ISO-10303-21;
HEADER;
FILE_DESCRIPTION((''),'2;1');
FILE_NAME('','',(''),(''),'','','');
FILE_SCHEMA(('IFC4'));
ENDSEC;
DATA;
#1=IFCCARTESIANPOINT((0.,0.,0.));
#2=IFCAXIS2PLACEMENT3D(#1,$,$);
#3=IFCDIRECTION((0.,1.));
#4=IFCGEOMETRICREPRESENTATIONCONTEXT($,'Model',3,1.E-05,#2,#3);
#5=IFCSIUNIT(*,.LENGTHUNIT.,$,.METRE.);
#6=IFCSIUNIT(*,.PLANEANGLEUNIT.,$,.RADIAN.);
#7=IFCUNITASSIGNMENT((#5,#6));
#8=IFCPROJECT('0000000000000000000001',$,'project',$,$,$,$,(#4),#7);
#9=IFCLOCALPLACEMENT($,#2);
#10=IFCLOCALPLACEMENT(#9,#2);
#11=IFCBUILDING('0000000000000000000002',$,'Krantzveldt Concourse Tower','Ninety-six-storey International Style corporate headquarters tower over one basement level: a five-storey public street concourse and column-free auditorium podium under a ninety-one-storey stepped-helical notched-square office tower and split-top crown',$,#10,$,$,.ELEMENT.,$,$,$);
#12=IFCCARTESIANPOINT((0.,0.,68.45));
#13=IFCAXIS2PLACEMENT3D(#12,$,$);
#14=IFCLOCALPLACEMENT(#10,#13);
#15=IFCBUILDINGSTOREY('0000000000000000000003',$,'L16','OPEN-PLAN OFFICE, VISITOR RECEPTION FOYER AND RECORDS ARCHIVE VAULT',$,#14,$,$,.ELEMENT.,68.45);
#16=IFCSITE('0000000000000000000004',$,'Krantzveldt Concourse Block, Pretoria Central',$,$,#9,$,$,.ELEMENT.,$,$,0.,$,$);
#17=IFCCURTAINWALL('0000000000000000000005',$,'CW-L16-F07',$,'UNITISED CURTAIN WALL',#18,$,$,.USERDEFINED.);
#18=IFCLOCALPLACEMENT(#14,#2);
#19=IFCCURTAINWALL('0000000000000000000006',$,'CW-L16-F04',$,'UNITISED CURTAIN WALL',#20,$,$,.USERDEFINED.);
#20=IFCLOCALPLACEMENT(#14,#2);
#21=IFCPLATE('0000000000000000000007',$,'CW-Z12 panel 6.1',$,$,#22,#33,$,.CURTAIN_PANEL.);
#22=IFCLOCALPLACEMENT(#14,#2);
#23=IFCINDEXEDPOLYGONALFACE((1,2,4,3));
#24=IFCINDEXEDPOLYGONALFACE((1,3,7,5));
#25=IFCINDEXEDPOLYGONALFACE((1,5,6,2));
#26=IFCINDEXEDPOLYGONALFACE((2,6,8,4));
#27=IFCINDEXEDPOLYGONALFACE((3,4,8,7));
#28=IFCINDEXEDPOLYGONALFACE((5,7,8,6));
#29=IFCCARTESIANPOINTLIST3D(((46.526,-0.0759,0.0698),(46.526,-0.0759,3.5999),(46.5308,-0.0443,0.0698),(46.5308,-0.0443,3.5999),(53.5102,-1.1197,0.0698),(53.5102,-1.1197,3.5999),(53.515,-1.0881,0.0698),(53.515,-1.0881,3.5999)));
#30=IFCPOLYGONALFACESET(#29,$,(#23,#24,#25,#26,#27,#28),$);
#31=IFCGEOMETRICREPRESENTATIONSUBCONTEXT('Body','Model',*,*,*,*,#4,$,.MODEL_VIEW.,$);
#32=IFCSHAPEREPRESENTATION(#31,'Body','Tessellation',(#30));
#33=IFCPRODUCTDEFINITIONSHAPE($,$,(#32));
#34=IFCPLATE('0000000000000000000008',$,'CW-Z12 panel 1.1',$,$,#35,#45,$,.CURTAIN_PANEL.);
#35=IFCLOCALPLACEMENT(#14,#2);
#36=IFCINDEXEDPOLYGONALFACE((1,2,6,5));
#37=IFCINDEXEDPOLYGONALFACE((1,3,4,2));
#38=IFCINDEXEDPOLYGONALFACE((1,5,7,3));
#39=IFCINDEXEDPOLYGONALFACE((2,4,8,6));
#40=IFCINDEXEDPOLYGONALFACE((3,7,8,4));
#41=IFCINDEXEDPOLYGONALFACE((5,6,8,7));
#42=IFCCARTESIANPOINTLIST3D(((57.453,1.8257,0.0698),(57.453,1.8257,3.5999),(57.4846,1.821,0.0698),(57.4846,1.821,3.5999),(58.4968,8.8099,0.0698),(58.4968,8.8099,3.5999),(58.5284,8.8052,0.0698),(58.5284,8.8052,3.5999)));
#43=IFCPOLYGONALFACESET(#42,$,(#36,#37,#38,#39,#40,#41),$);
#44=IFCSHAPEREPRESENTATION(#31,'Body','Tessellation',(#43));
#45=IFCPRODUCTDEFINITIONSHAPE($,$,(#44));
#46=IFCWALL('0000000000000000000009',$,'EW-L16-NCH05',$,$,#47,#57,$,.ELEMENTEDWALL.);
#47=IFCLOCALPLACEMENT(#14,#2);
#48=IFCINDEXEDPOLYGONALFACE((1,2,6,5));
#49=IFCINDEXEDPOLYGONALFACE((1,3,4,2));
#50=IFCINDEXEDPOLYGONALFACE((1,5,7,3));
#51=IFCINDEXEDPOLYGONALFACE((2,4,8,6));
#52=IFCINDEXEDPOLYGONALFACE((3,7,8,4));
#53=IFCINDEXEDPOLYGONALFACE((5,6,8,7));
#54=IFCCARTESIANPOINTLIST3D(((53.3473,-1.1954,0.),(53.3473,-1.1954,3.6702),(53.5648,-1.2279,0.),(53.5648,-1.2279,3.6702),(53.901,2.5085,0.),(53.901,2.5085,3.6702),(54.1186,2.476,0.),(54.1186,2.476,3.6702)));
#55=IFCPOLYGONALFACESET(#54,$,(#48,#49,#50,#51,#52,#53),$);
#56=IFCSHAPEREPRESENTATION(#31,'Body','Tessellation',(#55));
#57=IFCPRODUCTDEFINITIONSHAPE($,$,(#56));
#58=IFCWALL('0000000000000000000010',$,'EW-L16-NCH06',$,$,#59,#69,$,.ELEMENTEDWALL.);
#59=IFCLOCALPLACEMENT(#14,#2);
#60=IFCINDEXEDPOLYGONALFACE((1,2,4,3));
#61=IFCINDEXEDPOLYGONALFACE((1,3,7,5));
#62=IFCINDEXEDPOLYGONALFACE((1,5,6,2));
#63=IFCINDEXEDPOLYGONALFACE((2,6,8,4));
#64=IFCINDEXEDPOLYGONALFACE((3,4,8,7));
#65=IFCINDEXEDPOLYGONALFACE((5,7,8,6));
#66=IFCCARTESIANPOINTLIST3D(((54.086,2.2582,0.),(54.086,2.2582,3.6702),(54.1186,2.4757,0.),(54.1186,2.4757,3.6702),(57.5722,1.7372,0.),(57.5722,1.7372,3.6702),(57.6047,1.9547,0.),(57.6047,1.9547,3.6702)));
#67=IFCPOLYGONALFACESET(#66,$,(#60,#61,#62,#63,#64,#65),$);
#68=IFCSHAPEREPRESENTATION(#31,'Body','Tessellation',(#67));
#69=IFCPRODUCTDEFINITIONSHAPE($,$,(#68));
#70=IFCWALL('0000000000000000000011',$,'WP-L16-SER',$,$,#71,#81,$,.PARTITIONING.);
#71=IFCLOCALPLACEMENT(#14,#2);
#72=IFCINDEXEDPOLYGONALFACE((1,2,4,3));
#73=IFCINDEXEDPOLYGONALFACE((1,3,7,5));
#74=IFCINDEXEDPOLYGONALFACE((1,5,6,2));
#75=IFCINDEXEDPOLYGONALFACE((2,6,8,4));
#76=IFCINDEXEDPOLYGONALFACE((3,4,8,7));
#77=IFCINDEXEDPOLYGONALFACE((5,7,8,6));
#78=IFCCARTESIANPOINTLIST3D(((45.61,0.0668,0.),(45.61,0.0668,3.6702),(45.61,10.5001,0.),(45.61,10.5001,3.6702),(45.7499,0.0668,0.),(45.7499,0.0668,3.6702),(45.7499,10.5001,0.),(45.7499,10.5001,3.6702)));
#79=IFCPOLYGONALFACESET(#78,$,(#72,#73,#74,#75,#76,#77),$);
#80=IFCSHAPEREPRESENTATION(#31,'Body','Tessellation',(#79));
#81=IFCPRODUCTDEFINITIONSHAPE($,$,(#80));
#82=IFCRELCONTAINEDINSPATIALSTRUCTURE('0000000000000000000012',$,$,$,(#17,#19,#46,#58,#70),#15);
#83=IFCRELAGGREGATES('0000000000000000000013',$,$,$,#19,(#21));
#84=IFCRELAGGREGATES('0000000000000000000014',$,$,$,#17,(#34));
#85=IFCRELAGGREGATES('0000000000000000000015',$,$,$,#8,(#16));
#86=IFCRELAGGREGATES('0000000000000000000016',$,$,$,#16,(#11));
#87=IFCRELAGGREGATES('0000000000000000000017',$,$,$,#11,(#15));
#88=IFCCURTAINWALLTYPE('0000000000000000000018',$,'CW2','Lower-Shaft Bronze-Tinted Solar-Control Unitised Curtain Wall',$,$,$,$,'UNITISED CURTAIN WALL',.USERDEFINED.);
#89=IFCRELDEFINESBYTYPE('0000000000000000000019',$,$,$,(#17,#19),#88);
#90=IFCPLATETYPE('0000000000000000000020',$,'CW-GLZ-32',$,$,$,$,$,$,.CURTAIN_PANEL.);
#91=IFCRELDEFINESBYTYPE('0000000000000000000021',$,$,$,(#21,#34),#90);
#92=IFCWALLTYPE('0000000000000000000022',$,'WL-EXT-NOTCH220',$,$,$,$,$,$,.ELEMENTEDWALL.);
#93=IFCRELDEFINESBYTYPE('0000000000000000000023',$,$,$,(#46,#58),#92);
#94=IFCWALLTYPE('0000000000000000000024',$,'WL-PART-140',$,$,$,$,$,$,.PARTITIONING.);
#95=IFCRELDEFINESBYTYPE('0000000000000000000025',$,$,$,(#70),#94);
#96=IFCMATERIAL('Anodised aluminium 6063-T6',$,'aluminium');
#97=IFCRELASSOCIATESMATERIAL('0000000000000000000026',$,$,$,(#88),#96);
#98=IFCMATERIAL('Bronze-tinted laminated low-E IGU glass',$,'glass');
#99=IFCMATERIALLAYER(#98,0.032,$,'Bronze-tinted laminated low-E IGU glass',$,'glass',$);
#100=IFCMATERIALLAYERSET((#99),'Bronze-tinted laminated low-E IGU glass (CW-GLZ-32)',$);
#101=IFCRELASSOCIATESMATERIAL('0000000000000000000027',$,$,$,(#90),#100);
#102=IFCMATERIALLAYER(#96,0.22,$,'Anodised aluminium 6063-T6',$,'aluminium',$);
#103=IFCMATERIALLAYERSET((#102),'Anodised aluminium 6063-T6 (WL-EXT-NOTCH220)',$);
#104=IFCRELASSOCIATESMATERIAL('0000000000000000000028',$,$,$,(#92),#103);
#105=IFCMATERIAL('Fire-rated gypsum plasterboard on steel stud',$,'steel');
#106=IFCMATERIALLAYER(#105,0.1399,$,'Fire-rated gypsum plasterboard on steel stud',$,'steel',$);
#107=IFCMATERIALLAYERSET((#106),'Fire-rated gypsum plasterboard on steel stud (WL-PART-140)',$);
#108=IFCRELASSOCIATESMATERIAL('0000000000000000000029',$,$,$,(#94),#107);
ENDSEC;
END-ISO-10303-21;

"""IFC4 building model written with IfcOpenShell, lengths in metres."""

from ifc_helpers import new_model, si_unit, direction, frame, frame_2d, origin, origin_2d, place, context, subcontext, project, spatial, rectangle, extrude, source, transform, mapped, material, layer, layer_set, type_object, type_shapes, element, aggregate, save


model = new_model("IFC4")

# Units and contexts
model_context = context("Model", 3, precision=1e-05, world=origin(), true_north=direction((0.0, 1.0)))
body_context = subcontext(model_context, "Body", "Model", "MODEL_VIEW")
ifc_project = project(units=[si_unit("LENGTHUNIT", "METRE"), si_unit("PLANEANGLEUNIT", "RADIAN")], contexts=[model_context])

# Site, building, storey
site_placement = place(None, origin())
site = spatial("IfcSite", under=ifc_project, at=site_placement, Name="Krantzveldt Concourse Block, Pretoria Central", CompositionType="ELEMENT", RefElevation=0.0)
building_placement = place(site_placement, origin())
building = spatial("IfcBuilding", under=site, at=building_placement, Name="Krantzveldt Concourse Tower", Description="Ninety-six-storey International Style corporate headquarters tower over one basement level: a five-storey public street concourse and column-free auditorium podium under a ninety-one-storey stepped-helical notched-square office tower and split-top crown", CompositionType="ELEMENT")
storey_placement = place(building_placement, frame((0.0, 0.0, 68.45)))
storey = spatial("IfcBuildingStorey", under=building, at=storey_placement, Name="L16", Description="OPEN-PLAN OFFICE, VISITOR RECEPTION FOYER AND RECORDS ARCHIVE VAULT", CompositionType="ELEMENT", Elevation=68.45)

# Curtain walls
ifc_material_1 = material(Name="Anodised aluminium 6063-T6", Category="aluminium")
curtain_wall_type = type_object("IfcCurtainWallType", Name="CW2", Description="Lower-Shaft Bronze-Tinted Solar-Control Unitised Curtain Wall", ElementType="UNITISED CURTAIN WALL", PredefinedType="USERDEFINED", material=ifc_material_1)
curtain_wall_1_placement = place(storey_placement, origin())
curtain_wall_1 = element("IfcCurtainWall", 1, at=curtain_wall_1_placement, inside=storey, type_object=curtain_wall_type, Name="CW-L16-F07", ObjectType="UNITISED CURTAIN WALL", PredefinedType="USERDEFINED")
curtain_wall_2_placement = place(storey_placement, origin())
curtain_wall_2 = element("IfcCurtainWall", 2, at=curtain_wall_2_placement, inside=storey, type_object=curtain_wall_type, Name="CW-L16-F04", ObjectType="UNITISED CURTAIN WALL", PredefinedType="USERDEFINED")

# Plates
ifc_material_2 = material(Name="Bronze-tinted laminated low-E IGU glass", Category="glass")
ifc_layer_1 = layer(ifc_material_2, 0.032, Name="Bronze-tinted laminated low-E IGU glass", Category="glass")
ifc_layer_set_1 = layer_set([ifc_layer_1], Name="Bronze-tinted laminated low-E IGU glass (CW-GLZ-32)")
plate_type = type_object("IfcPlateType", Name="CW-GLZ-32", PredefinedType="CURTAIN_PANEL", material=ifc_layer_set_1)
shared_shape_1 = source(origin(), body_context, "Body", "SweptSolid", [
    extrude(rectangle(XDim=7.0618, YDim=0.032, at=origin_2d()), origin(), (0.0, 0.0, 1.0), 3.53),
])
type_shapes(plate_type, [shared_shape_1])
plate_1_placement = place(storey_placement, frame((50.0205, -0.582, 0.0698), z_axis=(0.0, 0.0, 1.0), x_axis=(0.989016, -0.14781, 0.0)))
plate_1 = element("IfcPlate", 3, at=plate_1_placement, type_object=plate_type, Name="CW-Z12 panel 6.1", PredefinedType="CURTAIN_PANEL", context=body_context, shape_type="MappedRepresentation", body=[
    mapped(shared_shape_1, transform((0.0, 0.0, 0.0), x_axis=(1.0, 0.0, 0.0), y_axis=(0.0, 1.0, 0.0), z_axis=(0.0, 0.0, 1.0), scale=1.0)),
])
aggregate(curtain_wall_2, [plate_1])
plate_2_placement = place(storey_placement, frame((57.9907, 5.3154, 0.0698), z_axis=(0.0, 0.0, 1.0), x_axis=(0.14781, 0.989016, 0.0)))
plate_2 = element("IfcPlate", 4, at=plate_2_placement, type_object=plate_type, Name="CW-Z12 panel 1.1", PredefinedType="CURTAIN_PANEL", context=body_context, shape_type="MappedRepresentation", body=[
    mapped(shared_shape_1, transform((0.0, 0.0, 0.0), x_axis=(1.0, 0.0, 0.0), y_axis=(0.0, 1.0, 0.0), z_axis=(0.0, 0.0, 1.0), scale=1.0)),
])
aggregate(curtain_wall_1, [plate_2])

# Walls
ifc_layer_2 = layer(ifc_material_1, 0.22, Name="Anodised aluminium 6063-T6", Category="aluminium")
ifc_layer_set_2 = layer_set([ifc_layer_2], Name="Anodised aluminium 6063-T6 (WL-EXT-NOTCH220)")
wall_type_1 = type_object("IfcWallType", Name="WL-EXT-NOTCH220", PredefinedType="ELEMENTEDWALL", material=ifc_layer_set_2)
wall_1_placement = place(storey_placement, frame((53.4561, -1.2117, 0.0), z_axis=(0.0, 0.0, 1.0), x_axis=(0.147853, 0.989009, 0.0)))
element("IfcWall", 5, at=wall_1_placement, inside=storey, type_object=wall_type_1, Name="EW-L16-NCH05", PredefinedType="ELEMENTEDWALL", context=body_context, shape_type="SweptSolid", body=[
    extrude(rectangle(XDim=3.7451, YDim=0.22, at=frame_2d((1.8726, 0.0))), origin(), (0.0, 0.0, 1.0), 3.6702),
])
wall_2_placement = place(storey_placement, frame((54.1023, 2.3669, 0.0), z_axis=(0.0, 0.0, 1.0), x_axis=(0.989016, -0.147809, 0.0)))
element("IfcWall", 6, at=wall_2_placement, inside=storey, type_object=wall_type_1, Name="EW-L16-NCH06", PredefinedType="ELEMENTEDWALL", context=body_context, shape_type="SweptSolid", body=[
    extrude(rectangle(XDim=3.5249, YDim=0.22, at=frame_2d((1.7625, 0.0))), origin(), (0.0, 0.0, 1.0), 3.6702),
])
ifc_material_3 = material(Name="Fire-rated gypsum plasterboard on steel stud", Category="steel")
ifc_layer_3 = layer(ifc_material_3, 0.1399, Name="Fire-rated gypsum plasterboard on steel stud", Category="steel")
ifc_layer_set_3 = layer_set([ifc_layer_3], Name="Fire-rated gypsum plasterboard on steel stud (WL-PART-140)")
wall_type_2 = type_object("IfcWallType", Name="WL-PART-140", PredefinedType="PARTITIONING", material=ifc_layer_set_3)
wall_3_placement = place(storey_placement, frame((45.6799, 0.0667, 0.0), z_axis=(0.0, 0.0, 1.0), x_axis=(0.0, 1.0, 0.0)))
element("IfcWall", 7, at=wall_3_placement, inside=storey, type_object=wall_type_2, Name="WP-L16-SER", PredefinedType="PARTITIONING", context=body_context, shape_type="SweptSolid", body=[
    extrude(rectangle(XDim=10.4333, YDim=0.1399, at=frame_2d((5.2168, 0.0))), origin(), (0.0, 0.0, 1.0), 3.6702),
])

save(model, "model.ifc")
